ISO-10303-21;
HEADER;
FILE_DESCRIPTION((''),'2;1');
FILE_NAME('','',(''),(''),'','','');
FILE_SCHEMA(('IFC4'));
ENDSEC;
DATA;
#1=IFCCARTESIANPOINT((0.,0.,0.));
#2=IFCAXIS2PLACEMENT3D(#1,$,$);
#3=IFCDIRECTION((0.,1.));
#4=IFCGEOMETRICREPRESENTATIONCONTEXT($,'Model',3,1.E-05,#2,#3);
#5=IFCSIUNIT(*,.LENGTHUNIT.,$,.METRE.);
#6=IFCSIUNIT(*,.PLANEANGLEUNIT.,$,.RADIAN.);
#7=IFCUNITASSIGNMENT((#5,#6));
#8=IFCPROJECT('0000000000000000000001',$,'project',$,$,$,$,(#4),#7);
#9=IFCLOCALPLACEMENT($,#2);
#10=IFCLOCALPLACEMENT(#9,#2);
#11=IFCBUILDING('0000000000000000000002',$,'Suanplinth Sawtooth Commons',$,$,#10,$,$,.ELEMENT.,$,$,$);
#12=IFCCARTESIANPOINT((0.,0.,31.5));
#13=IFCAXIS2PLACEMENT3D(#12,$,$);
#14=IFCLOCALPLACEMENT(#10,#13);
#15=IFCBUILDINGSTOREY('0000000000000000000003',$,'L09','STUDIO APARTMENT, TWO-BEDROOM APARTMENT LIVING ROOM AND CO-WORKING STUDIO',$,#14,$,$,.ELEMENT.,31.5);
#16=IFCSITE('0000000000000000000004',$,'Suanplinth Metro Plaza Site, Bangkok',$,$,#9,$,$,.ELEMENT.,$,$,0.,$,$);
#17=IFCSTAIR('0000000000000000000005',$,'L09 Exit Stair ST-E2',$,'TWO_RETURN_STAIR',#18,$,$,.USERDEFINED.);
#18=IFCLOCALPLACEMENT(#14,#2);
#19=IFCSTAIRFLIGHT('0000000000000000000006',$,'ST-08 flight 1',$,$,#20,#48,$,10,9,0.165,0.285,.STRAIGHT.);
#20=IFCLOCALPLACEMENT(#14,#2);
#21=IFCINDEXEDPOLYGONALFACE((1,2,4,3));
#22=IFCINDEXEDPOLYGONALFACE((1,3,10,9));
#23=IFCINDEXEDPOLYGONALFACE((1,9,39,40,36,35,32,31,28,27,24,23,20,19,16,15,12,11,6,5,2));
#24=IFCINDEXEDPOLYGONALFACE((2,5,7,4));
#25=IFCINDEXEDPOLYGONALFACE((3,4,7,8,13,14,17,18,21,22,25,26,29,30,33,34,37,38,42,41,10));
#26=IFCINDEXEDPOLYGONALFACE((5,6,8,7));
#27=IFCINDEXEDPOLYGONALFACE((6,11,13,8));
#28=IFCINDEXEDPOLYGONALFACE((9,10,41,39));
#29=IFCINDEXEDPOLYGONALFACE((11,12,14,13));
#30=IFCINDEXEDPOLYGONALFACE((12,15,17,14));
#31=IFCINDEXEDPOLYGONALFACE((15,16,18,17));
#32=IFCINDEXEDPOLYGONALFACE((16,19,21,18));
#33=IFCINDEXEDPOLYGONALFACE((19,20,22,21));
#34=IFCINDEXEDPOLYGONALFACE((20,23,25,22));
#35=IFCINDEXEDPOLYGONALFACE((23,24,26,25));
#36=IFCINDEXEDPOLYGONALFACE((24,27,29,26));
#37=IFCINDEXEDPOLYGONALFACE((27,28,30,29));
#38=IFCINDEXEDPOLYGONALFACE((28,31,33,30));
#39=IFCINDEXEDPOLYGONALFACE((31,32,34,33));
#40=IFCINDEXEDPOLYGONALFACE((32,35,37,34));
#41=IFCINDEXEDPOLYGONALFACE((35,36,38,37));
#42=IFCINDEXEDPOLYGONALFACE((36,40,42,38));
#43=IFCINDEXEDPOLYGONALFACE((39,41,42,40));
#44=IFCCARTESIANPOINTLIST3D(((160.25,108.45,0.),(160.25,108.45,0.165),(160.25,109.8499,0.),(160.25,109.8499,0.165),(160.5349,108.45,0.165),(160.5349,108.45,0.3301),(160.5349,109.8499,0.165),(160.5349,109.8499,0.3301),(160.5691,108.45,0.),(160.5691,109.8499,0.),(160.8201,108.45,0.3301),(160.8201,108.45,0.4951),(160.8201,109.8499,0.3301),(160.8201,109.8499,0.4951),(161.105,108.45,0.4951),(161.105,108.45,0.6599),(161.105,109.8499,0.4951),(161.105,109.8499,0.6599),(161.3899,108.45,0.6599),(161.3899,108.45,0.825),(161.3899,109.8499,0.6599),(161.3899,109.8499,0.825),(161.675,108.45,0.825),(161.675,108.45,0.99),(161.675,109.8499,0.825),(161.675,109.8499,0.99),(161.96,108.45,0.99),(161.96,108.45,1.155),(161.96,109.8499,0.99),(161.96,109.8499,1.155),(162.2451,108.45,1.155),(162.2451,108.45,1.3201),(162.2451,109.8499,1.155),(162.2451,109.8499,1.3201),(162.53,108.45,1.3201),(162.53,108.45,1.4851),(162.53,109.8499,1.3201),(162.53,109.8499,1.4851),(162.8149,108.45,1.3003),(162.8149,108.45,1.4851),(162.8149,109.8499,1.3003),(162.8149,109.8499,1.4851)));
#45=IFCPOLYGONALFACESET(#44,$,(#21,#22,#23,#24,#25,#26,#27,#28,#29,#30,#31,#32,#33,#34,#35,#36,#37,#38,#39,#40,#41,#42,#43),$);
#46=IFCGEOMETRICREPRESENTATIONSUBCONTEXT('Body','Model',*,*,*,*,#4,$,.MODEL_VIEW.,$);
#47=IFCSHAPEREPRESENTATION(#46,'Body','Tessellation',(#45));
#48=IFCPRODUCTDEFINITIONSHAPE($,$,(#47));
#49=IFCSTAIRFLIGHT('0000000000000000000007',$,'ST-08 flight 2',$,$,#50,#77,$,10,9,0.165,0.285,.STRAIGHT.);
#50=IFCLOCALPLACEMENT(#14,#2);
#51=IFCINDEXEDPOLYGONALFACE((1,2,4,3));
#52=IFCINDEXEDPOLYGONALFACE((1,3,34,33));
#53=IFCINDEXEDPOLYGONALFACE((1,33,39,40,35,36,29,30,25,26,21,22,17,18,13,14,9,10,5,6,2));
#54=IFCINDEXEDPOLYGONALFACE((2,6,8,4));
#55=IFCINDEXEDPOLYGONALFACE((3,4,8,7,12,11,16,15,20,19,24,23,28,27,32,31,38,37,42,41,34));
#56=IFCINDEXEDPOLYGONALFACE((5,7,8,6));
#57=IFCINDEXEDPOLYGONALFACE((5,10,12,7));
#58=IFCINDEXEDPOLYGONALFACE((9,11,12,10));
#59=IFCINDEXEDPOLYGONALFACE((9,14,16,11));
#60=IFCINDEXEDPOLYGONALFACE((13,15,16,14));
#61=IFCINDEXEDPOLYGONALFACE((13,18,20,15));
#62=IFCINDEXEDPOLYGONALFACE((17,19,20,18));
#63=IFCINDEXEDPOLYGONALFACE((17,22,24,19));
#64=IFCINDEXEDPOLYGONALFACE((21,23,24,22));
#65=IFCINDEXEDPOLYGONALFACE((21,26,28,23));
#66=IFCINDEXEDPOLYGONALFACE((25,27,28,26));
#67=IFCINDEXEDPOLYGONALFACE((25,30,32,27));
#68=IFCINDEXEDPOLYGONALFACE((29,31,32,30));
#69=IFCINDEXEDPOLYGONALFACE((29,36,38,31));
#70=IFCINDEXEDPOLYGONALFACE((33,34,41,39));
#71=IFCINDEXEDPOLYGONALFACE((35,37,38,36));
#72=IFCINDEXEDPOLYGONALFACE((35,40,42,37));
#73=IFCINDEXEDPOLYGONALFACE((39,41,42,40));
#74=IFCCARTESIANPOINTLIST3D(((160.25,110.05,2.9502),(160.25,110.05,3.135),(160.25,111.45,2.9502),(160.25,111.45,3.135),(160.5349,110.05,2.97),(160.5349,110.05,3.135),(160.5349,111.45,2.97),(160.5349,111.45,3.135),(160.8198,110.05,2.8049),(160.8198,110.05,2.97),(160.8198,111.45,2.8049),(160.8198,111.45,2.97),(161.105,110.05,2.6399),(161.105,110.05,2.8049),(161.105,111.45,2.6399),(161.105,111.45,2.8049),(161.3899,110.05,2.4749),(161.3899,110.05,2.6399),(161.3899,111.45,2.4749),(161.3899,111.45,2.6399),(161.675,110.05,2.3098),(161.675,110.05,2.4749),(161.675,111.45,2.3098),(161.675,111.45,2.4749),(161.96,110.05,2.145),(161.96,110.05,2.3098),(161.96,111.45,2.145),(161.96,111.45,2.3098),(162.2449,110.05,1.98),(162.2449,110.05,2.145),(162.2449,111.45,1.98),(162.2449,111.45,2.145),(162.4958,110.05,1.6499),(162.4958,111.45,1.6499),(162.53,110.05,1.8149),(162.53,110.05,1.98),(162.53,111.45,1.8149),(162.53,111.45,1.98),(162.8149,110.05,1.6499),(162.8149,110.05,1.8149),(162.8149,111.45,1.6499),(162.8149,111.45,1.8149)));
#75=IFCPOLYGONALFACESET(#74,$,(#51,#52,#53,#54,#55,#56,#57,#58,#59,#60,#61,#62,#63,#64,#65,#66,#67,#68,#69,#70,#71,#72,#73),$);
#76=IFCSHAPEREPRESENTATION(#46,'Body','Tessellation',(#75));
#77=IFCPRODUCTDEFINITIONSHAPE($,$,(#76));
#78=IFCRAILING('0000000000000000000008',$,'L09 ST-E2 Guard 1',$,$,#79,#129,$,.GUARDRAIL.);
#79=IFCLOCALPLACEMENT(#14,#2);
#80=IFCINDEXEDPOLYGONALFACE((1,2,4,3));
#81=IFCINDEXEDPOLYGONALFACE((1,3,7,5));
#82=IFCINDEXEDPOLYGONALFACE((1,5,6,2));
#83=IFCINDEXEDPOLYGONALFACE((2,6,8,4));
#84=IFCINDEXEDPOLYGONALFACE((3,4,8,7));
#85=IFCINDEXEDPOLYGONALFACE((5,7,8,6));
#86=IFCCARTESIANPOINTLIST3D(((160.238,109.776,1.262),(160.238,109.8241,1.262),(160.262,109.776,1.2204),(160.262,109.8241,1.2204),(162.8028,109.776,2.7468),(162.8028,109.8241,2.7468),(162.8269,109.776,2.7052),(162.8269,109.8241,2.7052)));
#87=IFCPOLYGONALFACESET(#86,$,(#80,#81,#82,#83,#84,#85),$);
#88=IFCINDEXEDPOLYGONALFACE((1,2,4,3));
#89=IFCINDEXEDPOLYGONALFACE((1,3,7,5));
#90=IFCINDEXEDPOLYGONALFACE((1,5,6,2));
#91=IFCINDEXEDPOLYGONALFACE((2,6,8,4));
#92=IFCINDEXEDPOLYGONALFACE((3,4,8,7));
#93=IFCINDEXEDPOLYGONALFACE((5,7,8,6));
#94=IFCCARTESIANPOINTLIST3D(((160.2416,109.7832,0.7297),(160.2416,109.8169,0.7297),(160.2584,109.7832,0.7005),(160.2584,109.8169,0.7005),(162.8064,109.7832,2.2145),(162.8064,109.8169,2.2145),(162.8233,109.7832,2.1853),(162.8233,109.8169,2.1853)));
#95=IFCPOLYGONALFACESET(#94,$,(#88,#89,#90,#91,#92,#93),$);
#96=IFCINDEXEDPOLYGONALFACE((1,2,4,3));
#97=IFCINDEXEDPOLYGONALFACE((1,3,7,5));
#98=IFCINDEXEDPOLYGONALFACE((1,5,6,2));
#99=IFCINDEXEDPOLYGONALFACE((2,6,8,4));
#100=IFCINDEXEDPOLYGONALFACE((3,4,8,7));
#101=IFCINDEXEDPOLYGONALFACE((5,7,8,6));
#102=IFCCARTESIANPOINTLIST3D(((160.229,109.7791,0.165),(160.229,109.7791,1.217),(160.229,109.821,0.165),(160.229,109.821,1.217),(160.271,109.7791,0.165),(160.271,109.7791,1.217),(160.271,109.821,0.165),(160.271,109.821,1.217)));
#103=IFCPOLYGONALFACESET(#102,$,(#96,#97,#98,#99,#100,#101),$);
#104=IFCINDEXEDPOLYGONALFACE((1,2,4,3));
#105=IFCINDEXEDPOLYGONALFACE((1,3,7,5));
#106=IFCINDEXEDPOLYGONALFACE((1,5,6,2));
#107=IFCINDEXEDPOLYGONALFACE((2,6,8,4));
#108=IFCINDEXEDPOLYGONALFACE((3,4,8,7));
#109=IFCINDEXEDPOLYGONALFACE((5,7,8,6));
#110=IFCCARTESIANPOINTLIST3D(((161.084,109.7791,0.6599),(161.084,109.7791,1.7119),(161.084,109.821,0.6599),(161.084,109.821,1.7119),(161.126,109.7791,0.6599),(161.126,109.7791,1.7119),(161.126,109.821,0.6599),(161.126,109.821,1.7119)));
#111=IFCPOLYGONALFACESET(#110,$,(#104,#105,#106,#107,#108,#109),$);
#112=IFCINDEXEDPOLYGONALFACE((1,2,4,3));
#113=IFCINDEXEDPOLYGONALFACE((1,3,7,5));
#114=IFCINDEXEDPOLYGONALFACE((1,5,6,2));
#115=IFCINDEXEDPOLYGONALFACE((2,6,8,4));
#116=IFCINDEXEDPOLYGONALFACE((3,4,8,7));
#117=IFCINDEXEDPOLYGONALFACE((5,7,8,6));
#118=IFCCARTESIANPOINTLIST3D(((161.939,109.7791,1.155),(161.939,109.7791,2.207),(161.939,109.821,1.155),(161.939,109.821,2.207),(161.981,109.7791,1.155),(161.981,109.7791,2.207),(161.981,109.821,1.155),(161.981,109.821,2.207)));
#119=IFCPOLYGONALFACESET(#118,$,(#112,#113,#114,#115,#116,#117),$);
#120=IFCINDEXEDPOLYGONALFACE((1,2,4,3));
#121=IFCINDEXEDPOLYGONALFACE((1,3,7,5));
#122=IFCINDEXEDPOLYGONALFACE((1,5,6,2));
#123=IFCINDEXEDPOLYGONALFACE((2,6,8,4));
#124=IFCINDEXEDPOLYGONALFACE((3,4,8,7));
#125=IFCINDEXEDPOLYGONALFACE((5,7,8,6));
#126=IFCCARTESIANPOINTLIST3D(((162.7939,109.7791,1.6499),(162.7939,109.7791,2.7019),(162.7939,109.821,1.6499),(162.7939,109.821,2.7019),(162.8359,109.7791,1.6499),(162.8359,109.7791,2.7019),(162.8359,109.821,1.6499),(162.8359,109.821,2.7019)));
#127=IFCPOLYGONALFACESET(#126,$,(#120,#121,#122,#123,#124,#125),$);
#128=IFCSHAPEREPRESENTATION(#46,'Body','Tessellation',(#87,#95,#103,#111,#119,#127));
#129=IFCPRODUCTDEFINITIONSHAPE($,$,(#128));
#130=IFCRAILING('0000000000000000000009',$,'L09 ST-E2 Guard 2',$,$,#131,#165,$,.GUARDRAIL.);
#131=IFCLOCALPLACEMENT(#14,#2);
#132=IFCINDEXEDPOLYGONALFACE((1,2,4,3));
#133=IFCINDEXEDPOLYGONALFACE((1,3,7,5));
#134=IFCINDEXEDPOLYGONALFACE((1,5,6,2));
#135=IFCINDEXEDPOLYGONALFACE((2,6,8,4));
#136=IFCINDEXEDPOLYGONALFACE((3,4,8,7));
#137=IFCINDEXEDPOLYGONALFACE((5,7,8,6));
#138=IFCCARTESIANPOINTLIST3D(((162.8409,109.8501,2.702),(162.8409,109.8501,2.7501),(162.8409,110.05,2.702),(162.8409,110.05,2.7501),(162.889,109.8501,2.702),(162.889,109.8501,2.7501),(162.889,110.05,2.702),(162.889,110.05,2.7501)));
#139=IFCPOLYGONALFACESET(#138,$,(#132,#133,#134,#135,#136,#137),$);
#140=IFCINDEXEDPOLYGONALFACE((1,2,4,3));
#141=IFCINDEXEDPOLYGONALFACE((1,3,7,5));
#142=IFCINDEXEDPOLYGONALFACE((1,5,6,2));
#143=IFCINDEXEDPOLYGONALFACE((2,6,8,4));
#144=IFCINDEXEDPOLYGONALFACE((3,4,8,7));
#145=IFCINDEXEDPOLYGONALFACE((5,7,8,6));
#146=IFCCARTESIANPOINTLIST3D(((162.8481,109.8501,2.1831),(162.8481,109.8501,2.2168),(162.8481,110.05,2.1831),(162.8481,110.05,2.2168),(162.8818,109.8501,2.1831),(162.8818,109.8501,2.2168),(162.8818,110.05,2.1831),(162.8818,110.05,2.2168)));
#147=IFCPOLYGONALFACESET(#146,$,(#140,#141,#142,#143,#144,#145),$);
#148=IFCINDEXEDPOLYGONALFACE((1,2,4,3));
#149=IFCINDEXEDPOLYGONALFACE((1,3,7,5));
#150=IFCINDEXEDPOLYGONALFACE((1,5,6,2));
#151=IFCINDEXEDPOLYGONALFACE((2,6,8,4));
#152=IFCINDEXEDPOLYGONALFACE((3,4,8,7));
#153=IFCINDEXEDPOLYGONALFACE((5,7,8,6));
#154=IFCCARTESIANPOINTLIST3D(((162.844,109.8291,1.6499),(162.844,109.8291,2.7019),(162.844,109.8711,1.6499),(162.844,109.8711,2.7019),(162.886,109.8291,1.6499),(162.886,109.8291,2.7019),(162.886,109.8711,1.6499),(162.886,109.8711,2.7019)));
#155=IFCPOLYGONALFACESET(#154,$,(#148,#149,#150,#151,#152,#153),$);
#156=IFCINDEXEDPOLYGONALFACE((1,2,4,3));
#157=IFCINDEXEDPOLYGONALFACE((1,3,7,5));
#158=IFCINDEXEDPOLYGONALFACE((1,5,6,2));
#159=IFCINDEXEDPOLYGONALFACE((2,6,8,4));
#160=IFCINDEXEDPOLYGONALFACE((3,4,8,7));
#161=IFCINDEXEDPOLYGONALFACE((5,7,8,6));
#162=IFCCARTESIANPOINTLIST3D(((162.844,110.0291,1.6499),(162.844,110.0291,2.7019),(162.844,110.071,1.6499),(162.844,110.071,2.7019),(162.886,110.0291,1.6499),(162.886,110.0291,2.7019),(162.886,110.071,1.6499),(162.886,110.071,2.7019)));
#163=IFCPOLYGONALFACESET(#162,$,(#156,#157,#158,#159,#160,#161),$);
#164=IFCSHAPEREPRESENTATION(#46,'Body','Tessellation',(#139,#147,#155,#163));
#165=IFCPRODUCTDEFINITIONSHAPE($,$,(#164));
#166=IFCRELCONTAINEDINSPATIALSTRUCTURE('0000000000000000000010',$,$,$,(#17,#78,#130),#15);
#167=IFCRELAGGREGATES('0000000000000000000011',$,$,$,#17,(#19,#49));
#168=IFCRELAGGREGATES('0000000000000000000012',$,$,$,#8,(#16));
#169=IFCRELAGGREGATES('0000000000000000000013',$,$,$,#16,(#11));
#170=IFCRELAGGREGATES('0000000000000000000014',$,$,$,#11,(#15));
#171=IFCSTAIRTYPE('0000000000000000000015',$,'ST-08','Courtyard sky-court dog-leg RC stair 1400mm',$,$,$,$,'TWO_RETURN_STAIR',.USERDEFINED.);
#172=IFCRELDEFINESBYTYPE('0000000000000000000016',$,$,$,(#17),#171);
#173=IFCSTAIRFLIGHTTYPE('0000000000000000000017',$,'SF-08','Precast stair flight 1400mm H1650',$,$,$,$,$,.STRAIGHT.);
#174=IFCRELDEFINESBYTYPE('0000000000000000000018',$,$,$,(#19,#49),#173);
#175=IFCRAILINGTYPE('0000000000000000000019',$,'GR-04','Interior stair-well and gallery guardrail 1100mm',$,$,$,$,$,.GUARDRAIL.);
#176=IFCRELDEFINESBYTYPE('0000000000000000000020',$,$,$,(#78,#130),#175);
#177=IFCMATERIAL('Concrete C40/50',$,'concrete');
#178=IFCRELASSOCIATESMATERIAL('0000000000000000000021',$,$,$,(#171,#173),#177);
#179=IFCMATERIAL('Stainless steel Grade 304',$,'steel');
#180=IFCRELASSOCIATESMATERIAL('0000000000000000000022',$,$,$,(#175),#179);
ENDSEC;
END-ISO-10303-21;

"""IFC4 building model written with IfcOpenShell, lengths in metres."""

from ifc_helpers import new_model, si_unit, direction, frame, origin, origin_2d, place, context, subcontext, project, spatial, polyline, rectangle, outline, extrude, material, type_object, element, aggregate, save


model = new_model("IFC4")

# Units and contexts
model_context = context("Model", 3, precision=1e-05, world=origin(), true_north=direction((0.0, 1.0)))
body_context = subcontext(model_context, "Body", "Model", "MODEL_VIEW")
ifc_project = project(units=[si_unit("LENGTHUNIT", "METRE"), si_unit("PLANEANGLEUNIT", "RADIAN")], contexts=[model_context])

# Site, building, storey
site_placement = place(None, origin())
site = spatial("IfcSite", under=ifc_project, at=site_placement, Name="Suanplinth Metro Plaza Site, Bangkok", CompositionType="ELEMENT", RefElevation=0.0)
building_placement = place(site_placement, origin())
building = spatial("IfcBuilding", under=site, at=building_placement, Name="Suanplinth Sawtooth Commons", CompositionType="ELEMENT")
storey_placement = place(building_placement, frame((0.0, 0.0, 31.5)))
storey = spatial("IfcBuildingStorey", under=building, at=storey_placement, Name="L09", Description="STUDIO APARTMENT, TWO-BEDROOM APARTMENT LIVING ROOM AND CO-WORKING STUDIO", CompositionType="ELEMENT", Elevation=31.5)

# Shared definitions
ifc_material_1 = material(Name="Stainless steel Grade 304", Category="steel")

# Stair, stair flights
ifc_material_2 = material(Name="Concrete C40/50", Category="concrete")
stair_type = type_object("IfcStairType", Name="ST-08", Description="Courtyard sky-court dog-leg RC stair 1400mm", ElementType="TWO_RETURN_STAIR", PredefinedType="USERDEFINED", material=ifc_material_2)
stair_placement = place(storey_placement, origin())
stair = element("IfcStair", 1, at=stair_placement, inside=storey, type_object=stair_type, Name="L09 Exit Stair ST-E2", ObjectType="TWO_RETURN_STAIR", PredefinedType="USERDEFINED")
stair_flight_type = type_object("IfcStairFlightType", Name="SF-08", Description="Precast stair flight 1400mm H1650", PredefinedType="STRAIGHT", material=ifc_material_2)
stair_flight_1_placement = place(storey_placement, frame((160.25, 109.1499, 0.0), z_axis=(0.0, 0.0, 1.0), x_axis=(1.0, 0.0, 0.0)))
stair_flight_1 = element("IfcStairFlight", 2, at=stair_flight_1_placement, type_object=stair_flight_type, Name="ST-08 flight 1", NumberOfRisers=10, NumberOfTreads=9, PredefinedType="STRAIGHT", RiserHeight=0.165, TreadLength=0.285, context=body_context, shape_type="SweptSolid", body=[
    extrude(outline(polyline([(0.0, 0.0), (0.0, 0.165), (0.2849, 0.165), (0.2849, 0.3301), (0.5701, 0.3301), (0.5701, 0.4951), (0.855, 0.4951), (0.855, 0.6599), (1.1399, 0.6599), (1.1399, 0.825), (1.425, 0.825), (1.425, 0.99), (1.71, 0.99), (1.71, 1.155), (1.9951, 1.155), (1.9951, 1.3201), (2.28, 1.3201), (2.28, 1.4851), (2.5649, 1.4851), (2.5649, 1.6499), (2.5649, 1.3003), (0.3191, 0.0), (0.0, 0.0)])), frame((0.0, 0.7, 0.0), z_axis=(0.0, -1.0, 0.0), x_axis=(1.0, 0.0, 0.0)), (0.0, 0.0, 1.0), 1.3999),
])
stair_flight_2_placement = place(storey_placement, frame((162.8149, 110.75, 1.6499), z_axis=(0.0, 0.0, 1.0), x_axis=(-1.0, 0.0, 0.0)))
stair_flight_2 = element("IfcStairFlight", 3, at=stair_flight_2_placement, type_object=stair_flight_type, Name="ST-08 flight 2", NumberOfRisers=10, NumberOfTreads=9, PredefinedType="STRAIGHT", RiserHeight=0.165, TreadLength=0.285, context=body_context, shape_type="SweptSolid", body=[
    extrude(outline(polyline([(0.0, 0.0), (0.0, 0.165), (0.2849, 0.165), (0.2849, 0.3301), (0.5701, 0.3301), (0.5701, 0.4951), (0.855, 0.4951), (0.855, 0.6599), (1.1399, 0.6599), (1.1399, 0.825), (1.425, 0.825), (1.425, 0.99), (1.71, 0.99), (1.71, 1.155), (1.9951, 1.155), (1.9951, 1.3201), (2.28, 1.3201), (2.28, 1.4851), (2.5649, 1.4851), (2.5649, 1.6499), (2.5649, 1.3003), (0.3191, 0.0), (0.0, 0.0)])), frame((0.0, 0.7, 0.0), z_axis=(0.0, -1.0, 0.0), x_axis=(1.0, 0.0, 0.0)), (0.0, 0.0, 1.0), 1.3999),
])
aggregate(stair, [stair_flight_1, stair_flight_2])

# Railings
railing_type_1 = type_object("IfcRailingType", Name="GR-04", Description="Interior stair-well and gallery guardrail 1100mm", PredefinedType="GUARDRAIL", material=ifc_material_1)
railing_1_placement = place(storey_placement, frame((160.25, 109.8, 0.165)))
element("IfcRailing", 4, at=railing_1_placement, inside=storey, type_object=railing_type_1, Name="L09 ST-E2 Guard 1", PredefinedType="GUARDRAIL", context=body_context, shape_type="SweptSolid", body=[
    extrude(rectangle(XDim=0.0481, YDim=0.0481, at=origin_2d()), frame((0.0, 0.0, 1.0762), z_axis=(0.865441, 0.0, 0.50101), x_axis=(0.0, 1.0, 0.0)), (0.0, 0.0, 1.0), 2.9636),
    extrude(rectangle(XDim=0.0337, YDim=0.0337, at=origin_2d()), frame((0.0, 0.0, 0.55), z_axis=(0.865441, 0.0, 0.50101), x_axis=(0.0, 1.0, 0.0)), (0.0, 0.0, 1.0), 2.9636),
    extrude(rectangle(XDim=0.042, YDim=0.042, at=origin_2d()), origin(), (0.0, 0.0, 1.0), 1.052),
    extrude(rectangle(XDim=0.042, YDim=0.042, at=origin_2d()), frame((0.855, 0.0, 0.4949)), (0.0, 0.0, 1.0), 1.052),
    extrude(rectangle(XDim=0.042, YDim=0.042, at=origin_2d()), frame((1.71, 0.0, 0.99)), (0.0, 0.0, 1.0), 1.052),
    extrude(rectangle(XDim=0.042, YDim=0.042, at=origin_2d()), frame((2.5649, 0.0, 1.4849)), (0.0, 0.0, 1.0), 1.052),
])
railing_2_placement = place(storey_placement, frame((162.865, 109.8501, 1.6499)))
element("IfcRailing", 5, at=railing_2_placement, inside=storey, type_object=railing_type_1, Name="L09 ST-E2 Guard 2", PredefinedType="GUARDRAIL", context=body_context, shape_type="SweptSolid", body=[
    extrude(rectangle(XDim=0.0481, YDim=0.0481, at=origin_2d()), frame((0.0, 0.0, 1.0762), z_axis=(0.0, 1.0, 0.0), x_axis=(-1.0, 0.0, 0.0)), (0.0, 0.0, 1.0), 0.2),
    extrude(rectangle(XDim=0.0337, YDim=0.0337, at=origin_2d()), frame((0.0, 0.0, 0.55), z_axis=(0.0, 1.0, 0.0), x_axis=(-1.0, 0.0, 0.0)), (0.0, 0.0, 1.0), 0.2),
    extrude(rectangle(XDim=0.042, YDim=0.042, at=origin_2d()), origin(), (0.0, 0.0, 1.0), 1.052),
    extrude(rectangle(XDim=0.042, YDim=0.042, at=origin_2d()), frame((0.0, 0.2, 0.0)), (0.0, 0.0, 1.0), 1.052),
])

save(model, "model.ifc")
